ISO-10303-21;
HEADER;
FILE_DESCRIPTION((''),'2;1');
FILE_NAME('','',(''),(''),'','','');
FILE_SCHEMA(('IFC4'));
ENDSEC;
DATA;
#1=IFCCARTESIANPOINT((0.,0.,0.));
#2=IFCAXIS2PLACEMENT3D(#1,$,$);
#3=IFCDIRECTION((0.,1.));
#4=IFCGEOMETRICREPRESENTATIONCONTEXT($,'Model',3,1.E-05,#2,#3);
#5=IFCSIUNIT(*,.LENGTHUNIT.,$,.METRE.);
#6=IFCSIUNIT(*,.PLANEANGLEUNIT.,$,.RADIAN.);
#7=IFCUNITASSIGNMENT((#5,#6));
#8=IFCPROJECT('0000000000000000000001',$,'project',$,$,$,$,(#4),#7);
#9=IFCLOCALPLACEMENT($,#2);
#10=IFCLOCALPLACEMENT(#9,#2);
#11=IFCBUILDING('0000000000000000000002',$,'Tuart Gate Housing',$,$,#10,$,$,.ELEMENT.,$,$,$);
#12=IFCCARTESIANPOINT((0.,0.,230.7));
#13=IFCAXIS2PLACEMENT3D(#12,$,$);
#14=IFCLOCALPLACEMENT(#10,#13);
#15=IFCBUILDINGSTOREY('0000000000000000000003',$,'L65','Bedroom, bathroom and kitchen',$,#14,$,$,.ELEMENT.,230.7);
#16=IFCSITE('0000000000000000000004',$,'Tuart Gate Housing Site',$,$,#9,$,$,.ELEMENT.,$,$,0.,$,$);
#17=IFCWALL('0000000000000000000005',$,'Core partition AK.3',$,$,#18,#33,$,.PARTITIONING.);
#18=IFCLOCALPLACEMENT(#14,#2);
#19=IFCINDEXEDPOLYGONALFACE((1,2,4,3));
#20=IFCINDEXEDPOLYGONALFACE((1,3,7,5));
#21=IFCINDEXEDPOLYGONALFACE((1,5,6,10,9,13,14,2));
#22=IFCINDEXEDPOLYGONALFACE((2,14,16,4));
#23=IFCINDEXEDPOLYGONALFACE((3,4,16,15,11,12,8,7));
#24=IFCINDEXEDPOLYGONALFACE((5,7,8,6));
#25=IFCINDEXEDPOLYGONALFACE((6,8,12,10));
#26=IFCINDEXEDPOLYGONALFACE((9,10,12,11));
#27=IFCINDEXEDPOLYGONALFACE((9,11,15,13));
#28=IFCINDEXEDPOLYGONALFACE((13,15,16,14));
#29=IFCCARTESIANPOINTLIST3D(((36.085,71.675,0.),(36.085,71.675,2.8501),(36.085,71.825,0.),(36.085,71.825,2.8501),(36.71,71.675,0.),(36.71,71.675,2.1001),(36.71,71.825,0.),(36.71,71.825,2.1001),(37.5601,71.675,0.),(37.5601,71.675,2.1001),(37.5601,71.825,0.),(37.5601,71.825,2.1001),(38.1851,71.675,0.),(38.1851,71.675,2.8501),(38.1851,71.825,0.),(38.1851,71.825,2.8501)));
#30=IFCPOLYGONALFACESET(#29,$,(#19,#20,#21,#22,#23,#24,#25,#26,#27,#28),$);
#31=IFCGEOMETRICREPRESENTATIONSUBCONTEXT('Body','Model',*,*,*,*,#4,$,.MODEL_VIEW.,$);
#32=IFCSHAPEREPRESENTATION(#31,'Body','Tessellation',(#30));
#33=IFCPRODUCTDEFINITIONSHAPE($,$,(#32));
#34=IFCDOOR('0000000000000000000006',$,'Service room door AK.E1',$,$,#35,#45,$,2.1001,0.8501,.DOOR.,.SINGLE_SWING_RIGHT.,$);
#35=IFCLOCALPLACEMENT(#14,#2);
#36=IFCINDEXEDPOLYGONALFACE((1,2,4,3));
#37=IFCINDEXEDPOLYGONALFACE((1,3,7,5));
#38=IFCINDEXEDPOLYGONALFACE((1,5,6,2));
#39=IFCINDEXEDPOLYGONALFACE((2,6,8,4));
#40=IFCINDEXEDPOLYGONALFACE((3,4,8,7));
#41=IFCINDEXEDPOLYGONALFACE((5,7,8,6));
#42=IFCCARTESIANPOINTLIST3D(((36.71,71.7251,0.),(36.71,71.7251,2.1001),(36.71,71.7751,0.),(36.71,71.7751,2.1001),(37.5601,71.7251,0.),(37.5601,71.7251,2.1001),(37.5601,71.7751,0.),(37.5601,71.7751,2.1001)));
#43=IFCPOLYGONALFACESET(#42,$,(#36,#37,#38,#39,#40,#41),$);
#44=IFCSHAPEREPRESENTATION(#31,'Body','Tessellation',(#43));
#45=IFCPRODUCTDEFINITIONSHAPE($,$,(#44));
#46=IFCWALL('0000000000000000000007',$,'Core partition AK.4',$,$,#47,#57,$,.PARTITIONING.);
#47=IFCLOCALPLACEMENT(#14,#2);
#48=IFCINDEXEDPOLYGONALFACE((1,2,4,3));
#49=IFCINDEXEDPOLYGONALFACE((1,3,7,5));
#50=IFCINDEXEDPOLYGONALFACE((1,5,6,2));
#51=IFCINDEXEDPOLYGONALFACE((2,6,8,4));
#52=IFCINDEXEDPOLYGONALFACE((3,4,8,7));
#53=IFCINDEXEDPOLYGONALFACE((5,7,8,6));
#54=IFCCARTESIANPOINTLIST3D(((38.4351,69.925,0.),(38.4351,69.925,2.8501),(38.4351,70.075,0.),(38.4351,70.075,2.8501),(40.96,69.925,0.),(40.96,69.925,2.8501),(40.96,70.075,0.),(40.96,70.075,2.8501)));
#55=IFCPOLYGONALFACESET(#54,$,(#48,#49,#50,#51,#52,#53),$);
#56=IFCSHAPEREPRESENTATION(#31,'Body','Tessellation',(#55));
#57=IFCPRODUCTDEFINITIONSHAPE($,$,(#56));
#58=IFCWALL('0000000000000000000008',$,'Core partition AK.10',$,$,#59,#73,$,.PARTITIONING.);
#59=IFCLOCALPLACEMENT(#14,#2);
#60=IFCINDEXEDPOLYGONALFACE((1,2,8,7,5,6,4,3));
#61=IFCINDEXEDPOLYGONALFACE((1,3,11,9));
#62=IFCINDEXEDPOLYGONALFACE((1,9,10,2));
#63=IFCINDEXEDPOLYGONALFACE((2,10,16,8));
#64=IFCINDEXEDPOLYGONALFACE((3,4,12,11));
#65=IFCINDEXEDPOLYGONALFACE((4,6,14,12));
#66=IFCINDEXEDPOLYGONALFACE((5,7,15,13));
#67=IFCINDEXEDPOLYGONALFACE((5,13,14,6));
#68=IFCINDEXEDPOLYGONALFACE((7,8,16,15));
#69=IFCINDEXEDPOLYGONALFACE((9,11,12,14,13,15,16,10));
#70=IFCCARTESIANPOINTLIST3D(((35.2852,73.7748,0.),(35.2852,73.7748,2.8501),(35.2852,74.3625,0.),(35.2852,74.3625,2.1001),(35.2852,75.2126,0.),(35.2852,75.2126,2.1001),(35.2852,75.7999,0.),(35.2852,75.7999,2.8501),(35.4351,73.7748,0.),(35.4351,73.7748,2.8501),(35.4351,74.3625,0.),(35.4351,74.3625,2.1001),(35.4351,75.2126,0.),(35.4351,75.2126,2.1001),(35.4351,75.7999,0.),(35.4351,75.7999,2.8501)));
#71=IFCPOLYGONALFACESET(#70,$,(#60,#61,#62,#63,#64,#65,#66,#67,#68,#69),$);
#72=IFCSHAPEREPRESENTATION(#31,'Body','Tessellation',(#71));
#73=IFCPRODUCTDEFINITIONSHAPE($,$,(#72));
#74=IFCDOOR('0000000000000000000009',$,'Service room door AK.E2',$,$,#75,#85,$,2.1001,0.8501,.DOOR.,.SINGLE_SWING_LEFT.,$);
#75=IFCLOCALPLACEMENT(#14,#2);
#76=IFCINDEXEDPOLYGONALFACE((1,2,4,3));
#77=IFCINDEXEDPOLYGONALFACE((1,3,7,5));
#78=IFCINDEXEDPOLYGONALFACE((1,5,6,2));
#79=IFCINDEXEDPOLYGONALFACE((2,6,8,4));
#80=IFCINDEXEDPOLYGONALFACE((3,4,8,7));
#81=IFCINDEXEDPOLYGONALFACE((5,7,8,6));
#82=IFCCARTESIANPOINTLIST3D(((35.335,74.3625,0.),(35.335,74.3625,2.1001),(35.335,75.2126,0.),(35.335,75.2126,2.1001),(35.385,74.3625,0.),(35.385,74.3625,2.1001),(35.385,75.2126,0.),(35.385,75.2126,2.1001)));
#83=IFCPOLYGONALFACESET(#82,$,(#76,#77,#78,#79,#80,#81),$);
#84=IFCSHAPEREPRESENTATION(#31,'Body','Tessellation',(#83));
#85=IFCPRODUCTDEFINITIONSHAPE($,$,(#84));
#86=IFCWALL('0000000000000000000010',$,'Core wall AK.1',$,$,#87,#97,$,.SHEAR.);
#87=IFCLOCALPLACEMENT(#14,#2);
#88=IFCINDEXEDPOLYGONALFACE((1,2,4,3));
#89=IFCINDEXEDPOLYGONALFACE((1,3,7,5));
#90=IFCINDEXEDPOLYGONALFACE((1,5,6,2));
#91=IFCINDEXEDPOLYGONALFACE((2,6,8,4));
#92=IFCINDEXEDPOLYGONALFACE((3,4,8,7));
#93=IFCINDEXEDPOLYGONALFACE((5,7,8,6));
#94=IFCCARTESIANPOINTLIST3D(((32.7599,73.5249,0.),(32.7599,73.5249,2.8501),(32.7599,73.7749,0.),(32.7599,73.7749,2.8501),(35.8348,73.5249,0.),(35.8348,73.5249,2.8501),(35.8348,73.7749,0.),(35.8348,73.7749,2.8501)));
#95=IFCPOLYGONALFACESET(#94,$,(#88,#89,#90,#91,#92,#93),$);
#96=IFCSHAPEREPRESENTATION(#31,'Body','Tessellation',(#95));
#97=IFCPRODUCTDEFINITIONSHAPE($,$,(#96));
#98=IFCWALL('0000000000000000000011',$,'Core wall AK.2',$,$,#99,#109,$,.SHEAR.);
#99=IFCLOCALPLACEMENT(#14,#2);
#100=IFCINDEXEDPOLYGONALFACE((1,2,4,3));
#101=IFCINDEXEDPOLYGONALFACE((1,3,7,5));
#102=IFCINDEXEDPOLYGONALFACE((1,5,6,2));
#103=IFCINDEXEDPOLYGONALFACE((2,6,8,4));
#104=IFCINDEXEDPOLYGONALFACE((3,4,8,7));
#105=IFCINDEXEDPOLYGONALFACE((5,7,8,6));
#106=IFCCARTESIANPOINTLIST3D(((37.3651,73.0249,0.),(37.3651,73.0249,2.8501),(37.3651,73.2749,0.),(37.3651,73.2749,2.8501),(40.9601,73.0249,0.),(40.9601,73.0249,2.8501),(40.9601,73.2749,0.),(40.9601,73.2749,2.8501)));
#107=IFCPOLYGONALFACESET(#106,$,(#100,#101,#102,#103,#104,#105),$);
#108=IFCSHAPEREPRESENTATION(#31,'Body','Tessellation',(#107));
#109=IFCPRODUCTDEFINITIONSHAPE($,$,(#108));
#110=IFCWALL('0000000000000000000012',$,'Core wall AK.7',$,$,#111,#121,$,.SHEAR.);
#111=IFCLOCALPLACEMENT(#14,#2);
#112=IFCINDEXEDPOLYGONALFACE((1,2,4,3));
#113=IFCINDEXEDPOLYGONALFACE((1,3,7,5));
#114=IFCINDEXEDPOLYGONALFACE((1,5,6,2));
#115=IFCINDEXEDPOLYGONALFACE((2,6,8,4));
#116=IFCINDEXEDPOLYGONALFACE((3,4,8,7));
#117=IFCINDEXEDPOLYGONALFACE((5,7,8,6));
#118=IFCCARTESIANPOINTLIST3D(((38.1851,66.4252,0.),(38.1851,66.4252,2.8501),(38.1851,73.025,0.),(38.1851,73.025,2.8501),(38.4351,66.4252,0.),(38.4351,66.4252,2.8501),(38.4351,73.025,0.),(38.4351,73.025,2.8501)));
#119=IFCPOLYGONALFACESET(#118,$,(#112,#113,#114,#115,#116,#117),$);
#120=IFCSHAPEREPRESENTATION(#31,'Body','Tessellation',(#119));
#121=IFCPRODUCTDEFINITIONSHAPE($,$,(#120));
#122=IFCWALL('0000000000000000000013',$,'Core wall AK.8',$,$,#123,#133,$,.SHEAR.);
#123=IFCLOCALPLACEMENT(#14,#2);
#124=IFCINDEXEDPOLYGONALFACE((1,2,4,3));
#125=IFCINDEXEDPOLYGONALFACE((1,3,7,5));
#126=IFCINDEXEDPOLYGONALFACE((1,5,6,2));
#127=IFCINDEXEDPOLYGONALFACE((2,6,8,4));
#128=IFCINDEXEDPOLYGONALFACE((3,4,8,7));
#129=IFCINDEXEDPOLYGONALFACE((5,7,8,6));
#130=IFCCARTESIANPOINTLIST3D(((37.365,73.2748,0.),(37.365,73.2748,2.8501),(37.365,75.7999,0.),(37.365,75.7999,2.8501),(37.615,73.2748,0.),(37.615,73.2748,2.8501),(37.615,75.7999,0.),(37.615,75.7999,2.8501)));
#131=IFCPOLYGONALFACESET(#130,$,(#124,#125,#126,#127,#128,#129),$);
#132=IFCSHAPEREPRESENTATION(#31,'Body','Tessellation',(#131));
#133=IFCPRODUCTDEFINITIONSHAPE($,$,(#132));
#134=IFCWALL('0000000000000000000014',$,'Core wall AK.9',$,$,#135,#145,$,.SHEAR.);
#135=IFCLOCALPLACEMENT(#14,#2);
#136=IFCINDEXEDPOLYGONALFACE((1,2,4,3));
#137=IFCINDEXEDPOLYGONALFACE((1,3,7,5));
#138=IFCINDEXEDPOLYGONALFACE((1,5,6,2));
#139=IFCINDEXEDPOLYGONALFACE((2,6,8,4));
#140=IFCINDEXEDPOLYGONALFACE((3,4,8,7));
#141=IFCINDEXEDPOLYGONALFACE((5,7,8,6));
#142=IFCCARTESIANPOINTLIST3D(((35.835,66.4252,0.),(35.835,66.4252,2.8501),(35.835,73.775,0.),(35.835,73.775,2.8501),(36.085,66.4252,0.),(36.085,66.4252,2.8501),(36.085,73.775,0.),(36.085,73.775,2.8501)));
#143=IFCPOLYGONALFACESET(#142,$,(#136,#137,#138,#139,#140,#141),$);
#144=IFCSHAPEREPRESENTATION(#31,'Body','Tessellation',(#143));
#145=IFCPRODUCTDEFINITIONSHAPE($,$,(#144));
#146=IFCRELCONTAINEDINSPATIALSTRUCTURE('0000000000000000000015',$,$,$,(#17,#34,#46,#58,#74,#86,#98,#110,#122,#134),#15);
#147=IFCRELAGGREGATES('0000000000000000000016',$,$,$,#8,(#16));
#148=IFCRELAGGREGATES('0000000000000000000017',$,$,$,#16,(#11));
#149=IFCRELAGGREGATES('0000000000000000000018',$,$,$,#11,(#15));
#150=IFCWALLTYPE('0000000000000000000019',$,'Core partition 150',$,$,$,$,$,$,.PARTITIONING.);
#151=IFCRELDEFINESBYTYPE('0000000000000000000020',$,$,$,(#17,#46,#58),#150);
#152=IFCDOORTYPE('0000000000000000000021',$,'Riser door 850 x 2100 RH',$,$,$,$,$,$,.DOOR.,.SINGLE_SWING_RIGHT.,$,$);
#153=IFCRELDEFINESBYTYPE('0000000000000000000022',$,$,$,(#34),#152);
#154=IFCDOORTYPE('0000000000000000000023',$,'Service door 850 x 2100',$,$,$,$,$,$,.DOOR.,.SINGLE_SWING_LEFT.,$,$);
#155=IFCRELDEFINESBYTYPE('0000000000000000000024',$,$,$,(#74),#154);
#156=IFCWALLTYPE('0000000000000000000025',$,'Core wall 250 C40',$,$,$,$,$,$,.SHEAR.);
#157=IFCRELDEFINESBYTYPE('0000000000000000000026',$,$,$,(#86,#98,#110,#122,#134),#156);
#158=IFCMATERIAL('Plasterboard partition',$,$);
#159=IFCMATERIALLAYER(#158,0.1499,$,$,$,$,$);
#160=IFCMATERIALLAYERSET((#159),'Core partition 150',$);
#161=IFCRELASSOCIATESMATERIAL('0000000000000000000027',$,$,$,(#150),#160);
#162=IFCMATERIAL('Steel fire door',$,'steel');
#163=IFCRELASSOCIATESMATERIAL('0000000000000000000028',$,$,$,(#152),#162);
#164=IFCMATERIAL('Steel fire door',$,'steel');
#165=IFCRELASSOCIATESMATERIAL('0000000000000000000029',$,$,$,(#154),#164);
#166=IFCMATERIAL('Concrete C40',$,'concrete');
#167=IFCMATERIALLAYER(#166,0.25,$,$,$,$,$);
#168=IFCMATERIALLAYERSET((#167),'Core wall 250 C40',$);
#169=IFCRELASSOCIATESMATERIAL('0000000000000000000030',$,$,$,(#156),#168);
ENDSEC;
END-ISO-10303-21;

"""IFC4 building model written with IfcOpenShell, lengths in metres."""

from ifc_helpers import new_model, si_unit, direction, frame, frame_2d, origin, place, context, subcontext, project, spatial, rectangle, extrude, material, layer, layer_set, type_object, element, fill, save


model = new_model("IFC4")

# Units and contexts
model_context = context("Model", 3, precision=1e-05, world=origin(), true_north=direction((0.0, 1.0)))
body_context = subcontext(model_context, "Body", "Model", "MODEL_VIEW")
ifc_project = project(units=[si_unit("LENGTHUNIT", "METRE"), si_unit("PLANEANGLEUNIT", "RADIAN")], contexts=[model_context])

# Site, building, storey
site_placement = place(None, origin())
site = spatial("IfcSite", under=ifc_project, at=site_placement, Name="Tuart Gate Housing Site", CompositionType="ELEMENT", RefElevation=0.0)
building_placement = place(site_placement, origin())
building = spatial("IfcBuilding", under=site, at=building_placement, Name="Tuart Gate Housing", CompositionType="ELEMENT")
storey_placement = place(building_placement, frame((0.0, 0.0, 230.7)))
storey = spatial("IfcBuildingStorey", under=building, at=storey_placement, Name="L65", Description="Bedroom, bathroom and kitchen", CompositionType="ELEMENT", Elevation=230.7)

# Wall, opening, door
ifc_material_1 = material(Name="Plasterboard partition")
ifc_layer_1 = layer(ifc_material_1, 0.1499)
ifc_layer_set_1 = layer_set([ifc_layer_1], Name="Core partition 150")
wall_type_1 = type_object("IfcWallType", Name="Core partition 150", PredefinedType="PARTITIONING", material=ifc_layer_set_1)
wall_1_placement = place(storey_placement, frame((38.1851, 71.75, 0.0), z_axis=(0.0, 0.0, 1.0), x_axis=(-1.0, 0.0, 0.0)))
wall_1 = element("IfcWall", 1, at=wall_1_placement, inside=storey, type_object=wall_type_1, Name="Core partition AK.3", PredefinedType="PARTITIONING", context=body_context, shape_type="SweptSolid", body=[
    extrude(rectangle(XDim=2.1001, YDim=0.1499, at=frame_2d((1.05, 0.0))), origin(), (0.0, 0.0, 1.0), 2.8501),
])
opening_1_placement = place(wall_1_placement, frame((0.625, 0.0, 0.0)))
opening_1 = element("IfcOpeningElement", 2, at=opening_1_placement, cuts=wall_1, PredefinedType="OPENING", context=body_context, shape_type="SweptSolid", body=[
    extrude(rectangle(XDim=0.8501, YDim=2.1001, at=frame_2d((0.425, 1.05))), frame((0.0, 0.085, 0.0), z_axis=(0.0, -1.0, 0.0), x_axis=(1.0, 0.0, 0.0)), (0.0, 0.0, 1.0), 0.1699),
])
ifc_material_2 = material(Name="Steel fire door", Category="steel")
door_type_1 = type_object("IfcDoorType", Name="Riser door 850 x 2100 RH", OperationType="SINGLE_SWING_RIGHT", PredefinedType="DOOR", material=ifc_material_2)
door_1_placement = place(opening_1_placement, frame((0.8501, 0.0, 0.0), z_axis=(0.0, 0.0, 1.0), x_axis=(-1.0, 0.0, 0.0)))
door_1 = element("IfcDoor", 3, at=door_1_placement, inside=storey, type_object=door_type_1, Name="Service room door AK.E1", OperationType="SINGLE_SWING_RIGHT", OverallHeight=2.1001, OverallWidth=0.8501, PredefinedType="DOOR", context=body_context, shape_type="SweptSolid", body=[
    extrude(rectangle(XDim=0.8501, YDim=2.1001, at=frame_2d((0.425, 1.05))), frame((0.0, 0.0251, 0.0), z_axis=(0.0, -1.0, 0.0), x_axis=(1.0, 0.0, 0.0)), (0.0, 0.0, 1.0), 0.05),
])
fill(opening_1, door_1)

# Wall
wall_2_placement = place(storey_placement, frame((40.96, 70.0, 0.0), z_axis=(0.0, 0.0, 1.0), x_axis=(-1.0, 0.0, 0.0)))
element("IfcWall", 4, at=wall_2_placement, inside=storey, type_object=wall_type_1, Name="Core partition AK.4", PredefinedType="PARTITIONING", context=body_context, shape_type="SweptSolid", body=[
    extrude(rectangle(XDim=2.5249, YDim=0.1499, at=frame_2d((1.2625, 0.0))), origin(), (0.0, 0.0, 1.0), 2.8501),
])

# Wall, opening, door
wall_3_placement = place(storey_placement, frame((35.3601, 75.8, 0.0), z_axis=(0.0, 0.0, 1.0), x_axis=(0.0, -1.0, 0.0)))
wall_3 = element("IfcWall", 5, at=wall_3_placement, inside=storey, type_object=wall_type_1, Name="Core partition AK.10", PredefinedType="PARTITIONING", context=body_context, shape_type="SweptSolid", body=[
    extrude(rectangle(XDim=2.0251, YDim=0.1499, at=frame_2d((1.0127, 0.0))), origin(), (0.0, 0.0, 1.0), 2.8501),
])
opening_2_placement = place(wall_3_placement, frame((0.5874, 0.0, 0.0)))
opening_2 = element("IfcOpeningElement", 6, at=opening_2_placement, cuts=wall_3, PredefinedType="OPENING", context=body_context, shape_type="SweptSolid", body=[
    extrude(rectangle(XDim=0.8501, YDim=2.1001, at=frame_2d((0.425, 1.05))), frame((0.0, 0.085, 0.0), z_axis=(0.0, -1.0, 0.0), x_axis=(1.0, 0.0, 0.0)), (0.0, 0.0, 1.0), 0.1699),
])
ifc_material_3 = material(Name="Steel fire door", Category="steel")
door_type_2 = type_object("IfcDoorType", Name="Service door 850 x 2100", OperationType="SINGLE_SWING_LEFT", PredefinedType="DOOR", material=ifc_material_3)
door_2_placement = place(opening_2_placement, origin())
door_2 = element("IfcDoor", 7, at=door_2_placement, inside=storey, type_object=door_type_2, Name="Service room door AK.E2", OperationType="SINGLE_SWING_LEFT", OverallHeight=2.1001, OverallWidth=0.8501, PredefinedType="DOOR", context=body_context, shape_type="SweptSolid", body=[
    extrude(rectangle(XDim=0.8501, YDim=2.1001, at=frame_2d((0.425, 1.05))), frame((0.0, 0.0249, 0.0), z_axis=(0.0, -1.0, 0.0), x_axis=(1.0, 0.0, 0.0)), (0.0, 0.0, 1.0), 0.05),
])
fill(opening_2, door_2)

# Walls
ifc_material_4 = material(Name="Concrete C40", Category="concrete")
ifc_layer_2 = layer(ifc_material_4, 0.25)
ifc_layer_set_2 = layer_set([ifc_layer_2], Name="Core wall 250 C40")
wall_type_2 = type_object("IfcWallType", Name="Core wall 250 C40", PredefinedType="SHEAR", material=ifc_layer_set_2)
wall_4_placement = place(storey_placement, frame((35.835, 73.6499, 0.0), z_axis=(0.0, 0.0, 1.0), x_axis=(-1.0, 0.0, 0.0)))
element("IfcWall", 8, at=wall_4_placement, inside=storey, type_object=wall_type_2, Name="Core wall AK.1", PredefinedType="SHEAR", context=body_context, shape_type="SweptSolid", body=[
    extrude(rectangle(XDim=3.075, YDim=0.25, at=frame_2d((1.5376, 0.0))), origin(), (0.0, 0.0, 1.0), 2.8501),
])
wall_5_placement = place(storey_placement, frame((40.96, 73.1499, 0.0), z_axis=(0.0, 0.0, 1.0), x_axis=(-1.0, 0.0, 0.0)))
element("IfcWall", 9, at=wall_5_placement, inside=storey, type_object=wall_type_2, Name="Core wall AK.2", PredefinedType="SHEAR", context=body_context, shape_type="SweptSolid", body=[
    extrude(rectangle(XDim=3.595, YDim=0.25, at=frame_2d((1.7974, 0.0))), origin(), (0.0, 0.0, 1.0), 2.8501),
])
wall_6_placement = place(storey_placement, frame((38.3101, 73.0249, 0.0), z_axis=(0.0, 0.0, 1.0), x_axis=(0.0, -1.0, 0.0)))
element("IfcWall", 10, at=wall_6_placement, inside=storey, type_object=wall_type_2, Name="Core wall AK.7", PredefinedType="SHEAR", context=body_context, shape_type="SweptSolid", body=[
    extrude(rectangle(XDim=6.5999, YDim=0.25, at=frame_2d((3.2998, 0.0))), origin(), (0.0, 0.0, 1.0), 2.8501),
])
wall_7_placement = place(storey_placement, frame((37.49, 75.8, 0.0), z_axis=(0.0, 0.0, 1.0), x_axis=(0.0, -1.0, 0.0)))
element("IfcWall", 11, at=wall_7_placement, inside=storey, type_object=wall_type_2, Name="Core wall AK.8", PredefinedType="SHEAR", context=body_context, shape_type="SweptSolid", body=[
    extrude(rectangle(XDim=2.5251, YDim=0.25, at=frame_2d((1.2627, 0.0))), origin(), (0.0, 0.0, 1.0), 2.8501),
])
wall_8_placement = place(storey_placement, frame((35.96, 73.7749, 0.0), z_axis=(0.0, 0.0, 1.0), x_axis=(0.0, -1.0, 0.0)))
element("IfcWall", 12, at=wall_8_placement, inside=storey, type_object=wall_type_2, Name="Core wall AK.9", PredefinedType="SHEAR", context=body_context, shape_type="SweptSolid", body=[
    extrude(rectangle(XDim=7.3499, YDim=0.25, at=frame_2d((3.6748, 0.0))), origin(), (0.0, 0.0, 1.0), 2.8501),
])

save(model, "model.ifc")
